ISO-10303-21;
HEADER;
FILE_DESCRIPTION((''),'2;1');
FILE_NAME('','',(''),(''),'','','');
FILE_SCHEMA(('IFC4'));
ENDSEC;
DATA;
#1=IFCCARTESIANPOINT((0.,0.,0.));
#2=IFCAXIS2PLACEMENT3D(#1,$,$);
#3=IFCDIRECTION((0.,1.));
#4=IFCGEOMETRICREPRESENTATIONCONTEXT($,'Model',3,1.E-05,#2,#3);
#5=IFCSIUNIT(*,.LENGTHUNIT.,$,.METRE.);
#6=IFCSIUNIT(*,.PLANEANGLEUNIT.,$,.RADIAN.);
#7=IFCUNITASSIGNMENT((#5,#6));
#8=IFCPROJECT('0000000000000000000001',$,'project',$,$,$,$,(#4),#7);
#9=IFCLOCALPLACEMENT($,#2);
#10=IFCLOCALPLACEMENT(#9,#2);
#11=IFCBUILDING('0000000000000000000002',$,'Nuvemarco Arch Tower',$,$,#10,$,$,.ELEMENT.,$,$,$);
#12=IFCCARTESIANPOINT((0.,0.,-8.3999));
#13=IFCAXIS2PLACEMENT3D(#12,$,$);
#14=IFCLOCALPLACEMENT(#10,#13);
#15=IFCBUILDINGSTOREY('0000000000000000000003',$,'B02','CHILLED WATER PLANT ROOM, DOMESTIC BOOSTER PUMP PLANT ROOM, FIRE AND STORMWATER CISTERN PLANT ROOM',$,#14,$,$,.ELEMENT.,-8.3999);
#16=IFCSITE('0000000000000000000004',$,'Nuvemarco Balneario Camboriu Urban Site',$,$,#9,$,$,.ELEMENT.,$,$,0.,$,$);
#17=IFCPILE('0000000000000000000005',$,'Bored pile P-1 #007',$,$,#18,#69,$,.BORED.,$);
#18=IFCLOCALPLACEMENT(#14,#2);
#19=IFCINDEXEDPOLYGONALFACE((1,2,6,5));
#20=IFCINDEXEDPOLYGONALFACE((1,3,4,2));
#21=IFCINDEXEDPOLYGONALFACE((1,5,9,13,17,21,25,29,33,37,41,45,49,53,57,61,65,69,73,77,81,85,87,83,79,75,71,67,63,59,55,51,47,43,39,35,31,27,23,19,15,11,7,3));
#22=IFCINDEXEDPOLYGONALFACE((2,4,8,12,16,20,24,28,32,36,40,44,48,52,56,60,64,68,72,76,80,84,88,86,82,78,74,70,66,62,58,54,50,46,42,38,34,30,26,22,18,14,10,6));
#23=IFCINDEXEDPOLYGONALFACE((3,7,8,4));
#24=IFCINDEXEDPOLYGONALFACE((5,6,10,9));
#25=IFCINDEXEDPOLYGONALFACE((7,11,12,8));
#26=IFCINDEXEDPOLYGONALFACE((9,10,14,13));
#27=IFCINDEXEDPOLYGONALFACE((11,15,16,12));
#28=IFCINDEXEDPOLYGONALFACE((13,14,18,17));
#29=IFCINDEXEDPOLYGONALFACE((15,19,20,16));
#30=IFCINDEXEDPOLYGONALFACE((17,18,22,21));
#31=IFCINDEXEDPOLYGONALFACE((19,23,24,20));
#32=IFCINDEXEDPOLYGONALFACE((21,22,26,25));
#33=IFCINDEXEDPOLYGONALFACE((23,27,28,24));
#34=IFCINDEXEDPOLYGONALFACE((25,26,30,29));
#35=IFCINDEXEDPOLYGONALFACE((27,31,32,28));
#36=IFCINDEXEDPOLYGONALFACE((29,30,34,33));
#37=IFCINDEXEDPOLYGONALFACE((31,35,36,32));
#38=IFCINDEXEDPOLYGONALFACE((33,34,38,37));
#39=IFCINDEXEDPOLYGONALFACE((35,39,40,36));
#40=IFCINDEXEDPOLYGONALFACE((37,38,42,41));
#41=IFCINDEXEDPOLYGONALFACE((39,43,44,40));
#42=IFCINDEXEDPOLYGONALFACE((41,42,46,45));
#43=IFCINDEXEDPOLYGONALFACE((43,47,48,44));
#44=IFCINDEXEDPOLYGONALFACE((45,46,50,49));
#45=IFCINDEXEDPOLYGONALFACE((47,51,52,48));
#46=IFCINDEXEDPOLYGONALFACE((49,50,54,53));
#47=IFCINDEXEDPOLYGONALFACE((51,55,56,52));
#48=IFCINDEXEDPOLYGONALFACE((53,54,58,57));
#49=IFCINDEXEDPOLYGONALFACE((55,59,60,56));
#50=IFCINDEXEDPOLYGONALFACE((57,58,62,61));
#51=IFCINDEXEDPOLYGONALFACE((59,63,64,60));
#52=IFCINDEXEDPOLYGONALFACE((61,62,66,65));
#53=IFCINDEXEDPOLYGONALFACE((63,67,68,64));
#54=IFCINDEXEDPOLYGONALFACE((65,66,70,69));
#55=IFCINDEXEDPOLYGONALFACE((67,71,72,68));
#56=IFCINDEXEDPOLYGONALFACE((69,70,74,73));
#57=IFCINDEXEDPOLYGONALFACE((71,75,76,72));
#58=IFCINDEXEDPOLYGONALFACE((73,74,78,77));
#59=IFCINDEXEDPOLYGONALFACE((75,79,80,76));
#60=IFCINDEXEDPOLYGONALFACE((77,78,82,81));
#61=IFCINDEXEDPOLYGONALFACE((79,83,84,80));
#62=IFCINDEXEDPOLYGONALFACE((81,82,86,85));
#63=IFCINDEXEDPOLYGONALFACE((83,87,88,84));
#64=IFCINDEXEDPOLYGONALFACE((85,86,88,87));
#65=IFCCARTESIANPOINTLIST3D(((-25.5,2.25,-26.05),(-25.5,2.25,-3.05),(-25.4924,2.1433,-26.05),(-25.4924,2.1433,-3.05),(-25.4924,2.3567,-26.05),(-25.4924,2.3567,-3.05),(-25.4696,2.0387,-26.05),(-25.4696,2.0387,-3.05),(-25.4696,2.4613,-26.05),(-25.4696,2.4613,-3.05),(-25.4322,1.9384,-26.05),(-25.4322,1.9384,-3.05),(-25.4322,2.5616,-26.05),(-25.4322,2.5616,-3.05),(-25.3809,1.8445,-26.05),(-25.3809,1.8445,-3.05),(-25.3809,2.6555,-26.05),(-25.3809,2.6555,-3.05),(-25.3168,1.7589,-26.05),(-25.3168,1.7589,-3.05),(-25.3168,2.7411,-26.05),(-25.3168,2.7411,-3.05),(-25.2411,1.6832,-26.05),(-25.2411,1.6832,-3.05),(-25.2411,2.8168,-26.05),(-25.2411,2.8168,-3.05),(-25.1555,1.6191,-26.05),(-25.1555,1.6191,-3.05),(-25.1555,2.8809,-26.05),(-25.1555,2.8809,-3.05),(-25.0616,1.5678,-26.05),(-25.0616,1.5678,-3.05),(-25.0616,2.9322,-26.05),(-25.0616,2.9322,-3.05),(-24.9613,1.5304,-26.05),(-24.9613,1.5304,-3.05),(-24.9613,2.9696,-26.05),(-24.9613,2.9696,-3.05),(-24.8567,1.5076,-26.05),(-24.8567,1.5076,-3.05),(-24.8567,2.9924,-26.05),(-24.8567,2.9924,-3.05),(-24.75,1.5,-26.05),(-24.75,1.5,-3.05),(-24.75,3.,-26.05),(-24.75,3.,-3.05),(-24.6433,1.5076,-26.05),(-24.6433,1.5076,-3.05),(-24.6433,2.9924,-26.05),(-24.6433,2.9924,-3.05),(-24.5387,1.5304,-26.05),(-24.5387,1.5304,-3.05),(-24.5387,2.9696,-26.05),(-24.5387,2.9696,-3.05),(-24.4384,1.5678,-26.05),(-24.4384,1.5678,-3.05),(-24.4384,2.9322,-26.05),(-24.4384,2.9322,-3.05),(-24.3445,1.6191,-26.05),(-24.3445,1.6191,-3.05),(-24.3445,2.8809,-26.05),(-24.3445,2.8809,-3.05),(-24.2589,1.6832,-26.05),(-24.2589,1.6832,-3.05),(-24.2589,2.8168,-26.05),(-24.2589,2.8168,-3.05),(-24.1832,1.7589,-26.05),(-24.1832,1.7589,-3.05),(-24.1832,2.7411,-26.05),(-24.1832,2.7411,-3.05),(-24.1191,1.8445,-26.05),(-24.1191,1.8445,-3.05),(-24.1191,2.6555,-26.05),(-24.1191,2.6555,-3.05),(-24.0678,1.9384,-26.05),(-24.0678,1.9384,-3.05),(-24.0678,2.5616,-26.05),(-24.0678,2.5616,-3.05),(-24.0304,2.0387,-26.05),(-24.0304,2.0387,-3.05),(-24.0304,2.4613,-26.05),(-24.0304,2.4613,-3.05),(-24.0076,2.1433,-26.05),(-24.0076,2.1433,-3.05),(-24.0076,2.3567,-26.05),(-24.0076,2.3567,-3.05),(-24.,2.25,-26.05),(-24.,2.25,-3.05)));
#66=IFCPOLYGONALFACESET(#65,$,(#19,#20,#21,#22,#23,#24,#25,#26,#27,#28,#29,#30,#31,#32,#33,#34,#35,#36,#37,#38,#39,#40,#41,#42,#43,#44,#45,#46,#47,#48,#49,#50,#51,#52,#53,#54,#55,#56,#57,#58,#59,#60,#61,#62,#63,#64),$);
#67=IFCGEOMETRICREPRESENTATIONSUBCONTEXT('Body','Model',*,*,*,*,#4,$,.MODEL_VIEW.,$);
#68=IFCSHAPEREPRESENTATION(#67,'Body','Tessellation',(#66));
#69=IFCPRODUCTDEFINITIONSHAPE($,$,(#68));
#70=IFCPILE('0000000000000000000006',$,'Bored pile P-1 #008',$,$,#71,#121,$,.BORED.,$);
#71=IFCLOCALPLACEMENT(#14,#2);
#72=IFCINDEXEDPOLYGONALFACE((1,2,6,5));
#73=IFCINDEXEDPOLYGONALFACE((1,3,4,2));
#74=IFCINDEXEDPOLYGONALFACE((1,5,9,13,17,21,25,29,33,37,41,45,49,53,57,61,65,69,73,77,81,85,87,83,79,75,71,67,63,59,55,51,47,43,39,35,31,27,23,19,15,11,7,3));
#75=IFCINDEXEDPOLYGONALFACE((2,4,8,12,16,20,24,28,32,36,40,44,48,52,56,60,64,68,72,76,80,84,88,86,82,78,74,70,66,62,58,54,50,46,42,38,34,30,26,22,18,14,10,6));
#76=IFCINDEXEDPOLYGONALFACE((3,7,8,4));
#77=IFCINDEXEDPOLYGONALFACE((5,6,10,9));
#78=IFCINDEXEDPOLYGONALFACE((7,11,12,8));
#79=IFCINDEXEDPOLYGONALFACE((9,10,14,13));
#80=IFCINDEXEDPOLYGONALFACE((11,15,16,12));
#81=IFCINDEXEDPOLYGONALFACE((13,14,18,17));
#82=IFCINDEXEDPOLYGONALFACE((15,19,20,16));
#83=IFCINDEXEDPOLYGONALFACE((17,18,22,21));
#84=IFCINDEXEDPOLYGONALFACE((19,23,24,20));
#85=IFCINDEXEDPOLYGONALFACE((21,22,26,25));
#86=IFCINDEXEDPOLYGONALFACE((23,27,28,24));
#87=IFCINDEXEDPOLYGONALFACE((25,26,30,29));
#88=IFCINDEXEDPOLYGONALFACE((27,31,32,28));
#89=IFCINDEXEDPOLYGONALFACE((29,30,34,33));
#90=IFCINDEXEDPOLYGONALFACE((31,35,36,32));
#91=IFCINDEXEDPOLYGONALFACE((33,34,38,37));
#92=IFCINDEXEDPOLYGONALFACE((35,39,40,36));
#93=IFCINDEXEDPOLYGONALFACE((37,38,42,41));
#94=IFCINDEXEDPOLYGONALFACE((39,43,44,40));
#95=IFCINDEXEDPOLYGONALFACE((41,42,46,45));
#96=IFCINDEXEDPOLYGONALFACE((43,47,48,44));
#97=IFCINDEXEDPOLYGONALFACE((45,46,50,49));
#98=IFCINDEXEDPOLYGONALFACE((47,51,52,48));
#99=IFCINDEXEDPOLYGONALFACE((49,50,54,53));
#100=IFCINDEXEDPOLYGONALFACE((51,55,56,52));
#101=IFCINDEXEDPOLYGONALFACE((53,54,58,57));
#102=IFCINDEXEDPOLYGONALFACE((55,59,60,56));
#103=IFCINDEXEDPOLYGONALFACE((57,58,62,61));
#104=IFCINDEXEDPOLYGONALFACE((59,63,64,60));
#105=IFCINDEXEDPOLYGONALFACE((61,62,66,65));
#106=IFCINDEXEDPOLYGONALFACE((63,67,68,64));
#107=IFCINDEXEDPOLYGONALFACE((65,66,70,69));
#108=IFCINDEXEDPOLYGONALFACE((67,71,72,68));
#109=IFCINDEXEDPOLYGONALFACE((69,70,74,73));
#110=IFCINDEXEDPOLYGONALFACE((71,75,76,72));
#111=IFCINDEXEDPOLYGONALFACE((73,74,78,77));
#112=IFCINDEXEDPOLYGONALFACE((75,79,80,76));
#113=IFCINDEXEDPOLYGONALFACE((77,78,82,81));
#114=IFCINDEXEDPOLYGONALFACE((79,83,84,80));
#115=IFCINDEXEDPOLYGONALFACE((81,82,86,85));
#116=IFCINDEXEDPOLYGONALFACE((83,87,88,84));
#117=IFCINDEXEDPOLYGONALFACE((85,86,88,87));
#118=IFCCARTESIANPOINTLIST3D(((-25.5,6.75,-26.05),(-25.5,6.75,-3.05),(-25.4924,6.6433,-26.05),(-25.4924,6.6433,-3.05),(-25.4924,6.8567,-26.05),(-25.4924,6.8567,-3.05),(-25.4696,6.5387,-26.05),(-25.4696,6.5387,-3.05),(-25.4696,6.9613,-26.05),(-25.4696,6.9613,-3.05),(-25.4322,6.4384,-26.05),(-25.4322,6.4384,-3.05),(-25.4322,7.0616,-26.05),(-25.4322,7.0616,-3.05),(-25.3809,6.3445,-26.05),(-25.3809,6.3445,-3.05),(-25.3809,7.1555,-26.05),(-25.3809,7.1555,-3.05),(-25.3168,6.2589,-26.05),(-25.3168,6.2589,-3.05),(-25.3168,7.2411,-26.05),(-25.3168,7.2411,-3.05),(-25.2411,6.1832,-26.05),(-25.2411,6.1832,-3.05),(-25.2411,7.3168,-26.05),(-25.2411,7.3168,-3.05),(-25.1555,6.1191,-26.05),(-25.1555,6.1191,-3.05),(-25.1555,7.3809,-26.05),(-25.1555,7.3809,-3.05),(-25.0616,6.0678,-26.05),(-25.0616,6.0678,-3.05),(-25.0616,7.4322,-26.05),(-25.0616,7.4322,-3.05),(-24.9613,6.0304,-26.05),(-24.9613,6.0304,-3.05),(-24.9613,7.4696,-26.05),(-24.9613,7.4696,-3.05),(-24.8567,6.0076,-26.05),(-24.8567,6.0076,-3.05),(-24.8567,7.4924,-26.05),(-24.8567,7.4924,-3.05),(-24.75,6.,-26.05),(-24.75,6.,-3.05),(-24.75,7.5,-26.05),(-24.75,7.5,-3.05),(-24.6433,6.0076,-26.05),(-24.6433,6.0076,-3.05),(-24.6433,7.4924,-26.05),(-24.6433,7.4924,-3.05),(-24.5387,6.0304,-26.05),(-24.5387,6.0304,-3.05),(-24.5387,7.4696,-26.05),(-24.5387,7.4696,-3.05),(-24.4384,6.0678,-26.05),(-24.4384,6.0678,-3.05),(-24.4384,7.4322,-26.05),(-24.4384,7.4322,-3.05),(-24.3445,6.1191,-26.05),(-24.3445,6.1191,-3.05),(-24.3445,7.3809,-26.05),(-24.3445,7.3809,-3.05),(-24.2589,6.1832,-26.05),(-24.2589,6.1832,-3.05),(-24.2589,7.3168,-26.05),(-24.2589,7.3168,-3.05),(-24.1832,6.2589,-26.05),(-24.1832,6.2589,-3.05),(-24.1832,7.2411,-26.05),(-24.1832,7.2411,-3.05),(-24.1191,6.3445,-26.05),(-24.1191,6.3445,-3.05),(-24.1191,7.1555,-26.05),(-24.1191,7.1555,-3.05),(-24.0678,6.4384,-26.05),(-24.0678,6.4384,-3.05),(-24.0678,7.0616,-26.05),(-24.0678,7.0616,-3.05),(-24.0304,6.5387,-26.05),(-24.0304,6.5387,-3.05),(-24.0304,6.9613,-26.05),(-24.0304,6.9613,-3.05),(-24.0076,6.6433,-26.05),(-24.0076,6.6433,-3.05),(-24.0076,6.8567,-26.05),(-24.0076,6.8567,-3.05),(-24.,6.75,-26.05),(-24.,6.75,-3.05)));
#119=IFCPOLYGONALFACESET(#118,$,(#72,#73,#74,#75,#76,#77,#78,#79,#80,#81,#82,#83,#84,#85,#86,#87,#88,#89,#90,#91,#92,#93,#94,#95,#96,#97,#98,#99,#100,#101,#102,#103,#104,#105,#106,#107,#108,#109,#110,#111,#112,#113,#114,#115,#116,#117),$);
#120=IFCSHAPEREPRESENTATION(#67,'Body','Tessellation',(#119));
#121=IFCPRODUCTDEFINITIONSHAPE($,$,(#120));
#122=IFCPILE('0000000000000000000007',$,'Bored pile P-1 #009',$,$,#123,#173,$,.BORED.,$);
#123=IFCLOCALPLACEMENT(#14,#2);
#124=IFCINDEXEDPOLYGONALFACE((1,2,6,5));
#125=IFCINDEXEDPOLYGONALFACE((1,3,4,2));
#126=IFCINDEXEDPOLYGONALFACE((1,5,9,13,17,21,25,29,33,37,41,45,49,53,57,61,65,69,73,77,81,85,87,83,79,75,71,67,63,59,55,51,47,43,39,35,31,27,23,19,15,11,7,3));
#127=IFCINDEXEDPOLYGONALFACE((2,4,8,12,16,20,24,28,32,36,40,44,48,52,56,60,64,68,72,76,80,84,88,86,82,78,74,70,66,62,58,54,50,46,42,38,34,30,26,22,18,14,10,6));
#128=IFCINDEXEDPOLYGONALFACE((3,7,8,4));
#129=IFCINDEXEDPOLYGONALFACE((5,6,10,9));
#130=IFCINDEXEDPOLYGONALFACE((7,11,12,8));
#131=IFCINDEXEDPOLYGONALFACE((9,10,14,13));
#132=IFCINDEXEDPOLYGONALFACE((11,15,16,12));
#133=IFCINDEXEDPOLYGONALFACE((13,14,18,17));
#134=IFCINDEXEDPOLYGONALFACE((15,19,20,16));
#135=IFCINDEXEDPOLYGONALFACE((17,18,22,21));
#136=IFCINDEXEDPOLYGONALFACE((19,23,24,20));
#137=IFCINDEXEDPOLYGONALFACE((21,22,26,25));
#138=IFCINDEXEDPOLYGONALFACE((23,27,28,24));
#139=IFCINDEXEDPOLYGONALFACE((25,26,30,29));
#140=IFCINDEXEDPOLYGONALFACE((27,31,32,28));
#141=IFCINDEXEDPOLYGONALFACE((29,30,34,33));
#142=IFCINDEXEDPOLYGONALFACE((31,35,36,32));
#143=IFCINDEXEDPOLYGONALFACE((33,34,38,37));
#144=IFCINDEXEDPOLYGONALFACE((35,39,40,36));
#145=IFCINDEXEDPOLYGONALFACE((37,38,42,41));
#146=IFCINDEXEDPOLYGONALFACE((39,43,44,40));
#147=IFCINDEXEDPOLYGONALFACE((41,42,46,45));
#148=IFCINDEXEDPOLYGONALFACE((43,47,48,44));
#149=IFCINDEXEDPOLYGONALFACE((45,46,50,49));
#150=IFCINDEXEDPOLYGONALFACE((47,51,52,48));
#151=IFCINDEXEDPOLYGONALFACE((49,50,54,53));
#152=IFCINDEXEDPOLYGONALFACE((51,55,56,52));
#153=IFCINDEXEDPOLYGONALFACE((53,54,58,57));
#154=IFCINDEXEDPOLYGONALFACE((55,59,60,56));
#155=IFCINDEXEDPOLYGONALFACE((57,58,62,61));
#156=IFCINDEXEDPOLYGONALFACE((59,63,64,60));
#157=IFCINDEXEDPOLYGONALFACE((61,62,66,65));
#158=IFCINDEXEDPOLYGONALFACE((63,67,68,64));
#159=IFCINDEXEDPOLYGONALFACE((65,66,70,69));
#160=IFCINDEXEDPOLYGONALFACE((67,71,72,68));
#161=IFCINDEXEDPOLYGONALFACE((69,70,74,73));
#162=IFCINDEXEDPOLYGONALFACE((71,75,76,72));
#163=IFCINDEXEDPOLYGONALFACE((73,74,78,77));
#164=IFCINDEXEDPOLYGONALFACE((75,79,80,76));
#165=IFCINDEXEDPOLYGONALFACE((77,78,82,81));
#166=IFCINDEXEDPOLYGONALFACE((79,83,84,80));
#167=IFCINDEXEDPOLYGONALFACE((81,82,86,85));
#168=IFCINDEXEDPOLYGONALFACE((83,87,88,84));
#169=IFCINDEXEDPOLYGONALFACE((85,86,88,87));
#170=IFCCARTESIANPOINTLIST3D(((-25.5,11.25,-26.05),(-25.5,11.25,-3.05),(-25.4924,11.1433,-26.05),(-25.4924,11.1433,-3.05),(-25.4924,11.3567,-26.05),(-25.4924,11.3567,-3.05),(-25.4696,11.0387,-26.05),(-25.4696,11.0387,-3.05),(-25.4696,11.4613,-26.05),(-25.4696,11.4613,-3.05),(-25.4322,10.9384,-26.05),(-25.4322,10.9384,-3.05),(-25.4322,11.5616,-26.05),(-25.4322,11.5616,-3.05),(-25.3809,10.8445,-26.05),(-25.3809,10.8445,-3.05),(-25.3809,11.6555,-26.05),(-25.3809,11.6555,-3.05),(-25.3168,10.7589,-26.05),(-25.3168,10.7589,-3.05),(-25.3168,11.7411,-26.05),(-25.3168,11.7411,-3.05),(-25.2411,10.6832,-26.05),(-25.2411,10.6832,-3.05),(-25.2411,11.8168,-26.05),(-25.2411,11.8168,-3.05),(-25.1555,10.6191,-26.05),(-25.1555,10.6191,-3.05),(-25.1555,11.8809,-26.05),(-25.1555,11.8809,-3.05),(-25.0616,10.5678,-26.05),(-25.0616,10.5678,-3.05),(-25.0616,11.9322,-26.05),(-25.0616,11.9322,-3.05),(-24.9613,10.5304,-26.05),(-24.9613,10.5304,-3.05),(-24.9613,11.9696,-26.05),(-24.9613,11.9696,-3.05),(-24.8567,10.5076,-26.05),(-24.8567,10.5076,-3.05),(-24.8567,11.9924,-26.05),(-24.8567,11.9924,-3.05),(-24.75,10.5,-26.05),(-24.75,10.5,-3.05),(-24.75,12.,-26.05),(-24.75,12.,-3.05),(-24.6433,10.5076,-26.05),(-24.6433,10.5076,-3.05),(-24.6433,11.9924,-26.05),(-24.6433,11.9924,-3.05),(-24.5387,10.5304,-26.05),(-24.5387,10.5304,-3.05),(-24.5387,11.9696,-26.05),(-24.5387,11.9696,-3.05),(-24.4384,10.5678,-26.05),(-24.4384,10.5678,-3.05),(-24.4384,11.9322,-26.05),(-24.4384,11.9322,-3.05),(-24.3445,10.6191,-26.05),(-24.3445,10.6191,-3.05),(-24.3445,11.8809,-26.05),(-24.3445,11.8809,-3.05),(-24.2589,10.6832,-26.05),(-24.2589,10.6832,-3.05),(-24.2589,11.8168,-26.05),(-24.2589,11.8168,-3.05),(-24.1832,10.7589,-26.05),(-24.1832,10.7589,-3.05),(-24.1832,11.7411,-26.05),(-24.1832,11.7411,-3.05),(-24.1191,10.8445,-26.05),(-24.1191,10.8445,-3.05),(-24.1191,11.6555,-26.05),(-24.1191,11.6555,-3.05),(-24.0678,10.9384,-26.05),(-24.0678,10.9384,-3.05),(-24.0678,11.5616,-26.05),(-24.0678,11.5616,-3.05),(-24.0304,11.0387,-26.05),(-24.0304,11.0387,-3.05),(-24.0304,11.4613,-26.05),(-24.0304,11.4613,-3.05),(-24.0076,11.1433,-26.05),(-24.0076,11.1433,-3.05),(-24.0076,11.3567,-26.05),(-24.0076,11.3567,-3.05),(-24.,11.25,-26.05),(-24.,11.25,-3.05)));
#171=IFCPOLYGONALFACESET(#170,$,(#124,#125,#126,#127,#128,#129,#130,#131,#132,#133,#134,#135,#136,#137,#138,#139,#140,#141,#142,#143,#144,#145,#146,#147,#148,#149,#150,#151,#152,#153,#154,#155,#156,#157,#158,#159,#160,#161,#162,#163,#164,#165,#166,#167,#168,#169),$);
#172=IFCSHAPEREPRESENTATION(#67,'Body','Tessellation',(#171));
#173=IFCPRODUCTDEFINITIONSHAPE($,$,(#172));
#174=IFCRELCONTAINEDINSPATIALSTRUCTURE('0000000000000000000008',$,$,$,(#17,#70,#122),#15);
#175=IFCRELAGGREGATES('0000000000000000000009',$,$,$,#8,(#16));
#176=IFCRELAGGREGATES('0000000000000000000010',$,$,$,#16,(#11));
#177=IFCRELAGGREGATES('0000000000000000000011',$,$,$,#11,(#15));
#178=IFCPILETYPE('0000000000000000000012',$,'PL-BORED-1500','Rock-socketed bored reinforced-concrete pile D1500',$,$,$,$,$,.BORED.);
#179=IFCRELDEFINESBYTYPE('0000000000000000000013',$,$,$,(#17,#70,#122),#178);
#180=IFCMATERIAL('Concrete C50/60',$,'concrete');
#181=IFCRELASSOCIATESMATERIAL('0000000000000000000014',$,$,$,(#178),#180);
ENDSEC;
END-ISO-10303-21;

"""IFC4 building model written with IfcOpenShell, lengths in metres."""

from ifc_helpers import new_model, si_unit, direction, frame, origin, origin_2d, place, context, subcontext, project, spatial, circle, extrude, material, material_profile, profile_set, type_object, element, save


model = new_model("IFC4")

# Units and contexts
model_context = context("Model", 3, precision=1e-05, world=origin(), true_north=direction((0.0, 1.0)))
body_context = subcontext(model_context, "Body", "Model", "MODEL_VIEW")
ifc_project = project(units=[si_unit("LENGTHUNIT", "METRE"), si_unit("PLANEANGLEUNIT", "RADIAN")], contexts=[model_context])

# Site, building, storey
site_placement = place(None, origin())
site = spatial("IfcSite", under=ifc_project, at=site_placement, Name="Nuvemarco Balneario Camboriu Urban Site", CompositionType="ELEMENT", RefElevation=0.0)
building_placement = place(site_placement, origin())
building = spatial("IfcBuilding", under=site, at=building_placement, Name="Nuvemarco Arch Tower", CompositionType="ELEMENT")
storey_placement = place(building_placement, frame((0.0, 0.0, -8.3999)))
storey = spatial("IfcBuildingStorey", under=building, at=storey_placement, Name="B02", Description="CHILLED WATER PLANT ROOM, DOMESTIC BOOSTER PUMP PLANT ROOM, FIRE AND STORMWATER CISTERN PLANT ROOM", CompositionType="ELEMENT", Elevation=-8.3999)

# Piles
ifc_material_1 = material(Name="Concrete C50/60", Category="concrete")
ifc_material_profile_1 = material_profile(ifc_material_1, circle(Radius=0.75, at=origin_2d()), Name="PILE-D1500")
ifc_profile_set_1 = profile_set([ifc_material_profile_1], Name="Concrete C50/60")
pile_type = type_object("IfcPileType", Name="PL-BORED-1500", Description="Rock-socketed bored reinforced-concrete pile D1500", PredefinedType="BORED", material=ifc_profile_set_1)
for number, where, z_axis, x_axis, name in (
    (1, (-24.75, 2.25, -3.05), (0.0, 0.0, -1.0), (1.0, 0.0, 0.0), "Bored pile P-1 #007"),
    (2, (-24.75, 6.75, -3.05), (0.0, 0.0, -1.0), (1.0, 0.0, 0.0), "Bored pile P-1 #008"),
    (3, (-24.75, 11.25, -3.05), (0.0, 0.0, -1.0), (1.0, 0.0, 0.0), "Bored pile P-1 #009"),
):
    element("IfcPile", number, at=place(storey_placement, frame(where, z_axis=z_axis, x_axis=x_axis)), inside=storey, type_object=pile_type, Name=name, PredefinedType="BORED", context=body_context, shape_type="SweptSolid", body=[
        extrude(circle(Radius=0.75, at=origin_2d()), origin(), (0.0, 0.0, 1.0), 23.0),
    ])

save(model, "model.ifc")
